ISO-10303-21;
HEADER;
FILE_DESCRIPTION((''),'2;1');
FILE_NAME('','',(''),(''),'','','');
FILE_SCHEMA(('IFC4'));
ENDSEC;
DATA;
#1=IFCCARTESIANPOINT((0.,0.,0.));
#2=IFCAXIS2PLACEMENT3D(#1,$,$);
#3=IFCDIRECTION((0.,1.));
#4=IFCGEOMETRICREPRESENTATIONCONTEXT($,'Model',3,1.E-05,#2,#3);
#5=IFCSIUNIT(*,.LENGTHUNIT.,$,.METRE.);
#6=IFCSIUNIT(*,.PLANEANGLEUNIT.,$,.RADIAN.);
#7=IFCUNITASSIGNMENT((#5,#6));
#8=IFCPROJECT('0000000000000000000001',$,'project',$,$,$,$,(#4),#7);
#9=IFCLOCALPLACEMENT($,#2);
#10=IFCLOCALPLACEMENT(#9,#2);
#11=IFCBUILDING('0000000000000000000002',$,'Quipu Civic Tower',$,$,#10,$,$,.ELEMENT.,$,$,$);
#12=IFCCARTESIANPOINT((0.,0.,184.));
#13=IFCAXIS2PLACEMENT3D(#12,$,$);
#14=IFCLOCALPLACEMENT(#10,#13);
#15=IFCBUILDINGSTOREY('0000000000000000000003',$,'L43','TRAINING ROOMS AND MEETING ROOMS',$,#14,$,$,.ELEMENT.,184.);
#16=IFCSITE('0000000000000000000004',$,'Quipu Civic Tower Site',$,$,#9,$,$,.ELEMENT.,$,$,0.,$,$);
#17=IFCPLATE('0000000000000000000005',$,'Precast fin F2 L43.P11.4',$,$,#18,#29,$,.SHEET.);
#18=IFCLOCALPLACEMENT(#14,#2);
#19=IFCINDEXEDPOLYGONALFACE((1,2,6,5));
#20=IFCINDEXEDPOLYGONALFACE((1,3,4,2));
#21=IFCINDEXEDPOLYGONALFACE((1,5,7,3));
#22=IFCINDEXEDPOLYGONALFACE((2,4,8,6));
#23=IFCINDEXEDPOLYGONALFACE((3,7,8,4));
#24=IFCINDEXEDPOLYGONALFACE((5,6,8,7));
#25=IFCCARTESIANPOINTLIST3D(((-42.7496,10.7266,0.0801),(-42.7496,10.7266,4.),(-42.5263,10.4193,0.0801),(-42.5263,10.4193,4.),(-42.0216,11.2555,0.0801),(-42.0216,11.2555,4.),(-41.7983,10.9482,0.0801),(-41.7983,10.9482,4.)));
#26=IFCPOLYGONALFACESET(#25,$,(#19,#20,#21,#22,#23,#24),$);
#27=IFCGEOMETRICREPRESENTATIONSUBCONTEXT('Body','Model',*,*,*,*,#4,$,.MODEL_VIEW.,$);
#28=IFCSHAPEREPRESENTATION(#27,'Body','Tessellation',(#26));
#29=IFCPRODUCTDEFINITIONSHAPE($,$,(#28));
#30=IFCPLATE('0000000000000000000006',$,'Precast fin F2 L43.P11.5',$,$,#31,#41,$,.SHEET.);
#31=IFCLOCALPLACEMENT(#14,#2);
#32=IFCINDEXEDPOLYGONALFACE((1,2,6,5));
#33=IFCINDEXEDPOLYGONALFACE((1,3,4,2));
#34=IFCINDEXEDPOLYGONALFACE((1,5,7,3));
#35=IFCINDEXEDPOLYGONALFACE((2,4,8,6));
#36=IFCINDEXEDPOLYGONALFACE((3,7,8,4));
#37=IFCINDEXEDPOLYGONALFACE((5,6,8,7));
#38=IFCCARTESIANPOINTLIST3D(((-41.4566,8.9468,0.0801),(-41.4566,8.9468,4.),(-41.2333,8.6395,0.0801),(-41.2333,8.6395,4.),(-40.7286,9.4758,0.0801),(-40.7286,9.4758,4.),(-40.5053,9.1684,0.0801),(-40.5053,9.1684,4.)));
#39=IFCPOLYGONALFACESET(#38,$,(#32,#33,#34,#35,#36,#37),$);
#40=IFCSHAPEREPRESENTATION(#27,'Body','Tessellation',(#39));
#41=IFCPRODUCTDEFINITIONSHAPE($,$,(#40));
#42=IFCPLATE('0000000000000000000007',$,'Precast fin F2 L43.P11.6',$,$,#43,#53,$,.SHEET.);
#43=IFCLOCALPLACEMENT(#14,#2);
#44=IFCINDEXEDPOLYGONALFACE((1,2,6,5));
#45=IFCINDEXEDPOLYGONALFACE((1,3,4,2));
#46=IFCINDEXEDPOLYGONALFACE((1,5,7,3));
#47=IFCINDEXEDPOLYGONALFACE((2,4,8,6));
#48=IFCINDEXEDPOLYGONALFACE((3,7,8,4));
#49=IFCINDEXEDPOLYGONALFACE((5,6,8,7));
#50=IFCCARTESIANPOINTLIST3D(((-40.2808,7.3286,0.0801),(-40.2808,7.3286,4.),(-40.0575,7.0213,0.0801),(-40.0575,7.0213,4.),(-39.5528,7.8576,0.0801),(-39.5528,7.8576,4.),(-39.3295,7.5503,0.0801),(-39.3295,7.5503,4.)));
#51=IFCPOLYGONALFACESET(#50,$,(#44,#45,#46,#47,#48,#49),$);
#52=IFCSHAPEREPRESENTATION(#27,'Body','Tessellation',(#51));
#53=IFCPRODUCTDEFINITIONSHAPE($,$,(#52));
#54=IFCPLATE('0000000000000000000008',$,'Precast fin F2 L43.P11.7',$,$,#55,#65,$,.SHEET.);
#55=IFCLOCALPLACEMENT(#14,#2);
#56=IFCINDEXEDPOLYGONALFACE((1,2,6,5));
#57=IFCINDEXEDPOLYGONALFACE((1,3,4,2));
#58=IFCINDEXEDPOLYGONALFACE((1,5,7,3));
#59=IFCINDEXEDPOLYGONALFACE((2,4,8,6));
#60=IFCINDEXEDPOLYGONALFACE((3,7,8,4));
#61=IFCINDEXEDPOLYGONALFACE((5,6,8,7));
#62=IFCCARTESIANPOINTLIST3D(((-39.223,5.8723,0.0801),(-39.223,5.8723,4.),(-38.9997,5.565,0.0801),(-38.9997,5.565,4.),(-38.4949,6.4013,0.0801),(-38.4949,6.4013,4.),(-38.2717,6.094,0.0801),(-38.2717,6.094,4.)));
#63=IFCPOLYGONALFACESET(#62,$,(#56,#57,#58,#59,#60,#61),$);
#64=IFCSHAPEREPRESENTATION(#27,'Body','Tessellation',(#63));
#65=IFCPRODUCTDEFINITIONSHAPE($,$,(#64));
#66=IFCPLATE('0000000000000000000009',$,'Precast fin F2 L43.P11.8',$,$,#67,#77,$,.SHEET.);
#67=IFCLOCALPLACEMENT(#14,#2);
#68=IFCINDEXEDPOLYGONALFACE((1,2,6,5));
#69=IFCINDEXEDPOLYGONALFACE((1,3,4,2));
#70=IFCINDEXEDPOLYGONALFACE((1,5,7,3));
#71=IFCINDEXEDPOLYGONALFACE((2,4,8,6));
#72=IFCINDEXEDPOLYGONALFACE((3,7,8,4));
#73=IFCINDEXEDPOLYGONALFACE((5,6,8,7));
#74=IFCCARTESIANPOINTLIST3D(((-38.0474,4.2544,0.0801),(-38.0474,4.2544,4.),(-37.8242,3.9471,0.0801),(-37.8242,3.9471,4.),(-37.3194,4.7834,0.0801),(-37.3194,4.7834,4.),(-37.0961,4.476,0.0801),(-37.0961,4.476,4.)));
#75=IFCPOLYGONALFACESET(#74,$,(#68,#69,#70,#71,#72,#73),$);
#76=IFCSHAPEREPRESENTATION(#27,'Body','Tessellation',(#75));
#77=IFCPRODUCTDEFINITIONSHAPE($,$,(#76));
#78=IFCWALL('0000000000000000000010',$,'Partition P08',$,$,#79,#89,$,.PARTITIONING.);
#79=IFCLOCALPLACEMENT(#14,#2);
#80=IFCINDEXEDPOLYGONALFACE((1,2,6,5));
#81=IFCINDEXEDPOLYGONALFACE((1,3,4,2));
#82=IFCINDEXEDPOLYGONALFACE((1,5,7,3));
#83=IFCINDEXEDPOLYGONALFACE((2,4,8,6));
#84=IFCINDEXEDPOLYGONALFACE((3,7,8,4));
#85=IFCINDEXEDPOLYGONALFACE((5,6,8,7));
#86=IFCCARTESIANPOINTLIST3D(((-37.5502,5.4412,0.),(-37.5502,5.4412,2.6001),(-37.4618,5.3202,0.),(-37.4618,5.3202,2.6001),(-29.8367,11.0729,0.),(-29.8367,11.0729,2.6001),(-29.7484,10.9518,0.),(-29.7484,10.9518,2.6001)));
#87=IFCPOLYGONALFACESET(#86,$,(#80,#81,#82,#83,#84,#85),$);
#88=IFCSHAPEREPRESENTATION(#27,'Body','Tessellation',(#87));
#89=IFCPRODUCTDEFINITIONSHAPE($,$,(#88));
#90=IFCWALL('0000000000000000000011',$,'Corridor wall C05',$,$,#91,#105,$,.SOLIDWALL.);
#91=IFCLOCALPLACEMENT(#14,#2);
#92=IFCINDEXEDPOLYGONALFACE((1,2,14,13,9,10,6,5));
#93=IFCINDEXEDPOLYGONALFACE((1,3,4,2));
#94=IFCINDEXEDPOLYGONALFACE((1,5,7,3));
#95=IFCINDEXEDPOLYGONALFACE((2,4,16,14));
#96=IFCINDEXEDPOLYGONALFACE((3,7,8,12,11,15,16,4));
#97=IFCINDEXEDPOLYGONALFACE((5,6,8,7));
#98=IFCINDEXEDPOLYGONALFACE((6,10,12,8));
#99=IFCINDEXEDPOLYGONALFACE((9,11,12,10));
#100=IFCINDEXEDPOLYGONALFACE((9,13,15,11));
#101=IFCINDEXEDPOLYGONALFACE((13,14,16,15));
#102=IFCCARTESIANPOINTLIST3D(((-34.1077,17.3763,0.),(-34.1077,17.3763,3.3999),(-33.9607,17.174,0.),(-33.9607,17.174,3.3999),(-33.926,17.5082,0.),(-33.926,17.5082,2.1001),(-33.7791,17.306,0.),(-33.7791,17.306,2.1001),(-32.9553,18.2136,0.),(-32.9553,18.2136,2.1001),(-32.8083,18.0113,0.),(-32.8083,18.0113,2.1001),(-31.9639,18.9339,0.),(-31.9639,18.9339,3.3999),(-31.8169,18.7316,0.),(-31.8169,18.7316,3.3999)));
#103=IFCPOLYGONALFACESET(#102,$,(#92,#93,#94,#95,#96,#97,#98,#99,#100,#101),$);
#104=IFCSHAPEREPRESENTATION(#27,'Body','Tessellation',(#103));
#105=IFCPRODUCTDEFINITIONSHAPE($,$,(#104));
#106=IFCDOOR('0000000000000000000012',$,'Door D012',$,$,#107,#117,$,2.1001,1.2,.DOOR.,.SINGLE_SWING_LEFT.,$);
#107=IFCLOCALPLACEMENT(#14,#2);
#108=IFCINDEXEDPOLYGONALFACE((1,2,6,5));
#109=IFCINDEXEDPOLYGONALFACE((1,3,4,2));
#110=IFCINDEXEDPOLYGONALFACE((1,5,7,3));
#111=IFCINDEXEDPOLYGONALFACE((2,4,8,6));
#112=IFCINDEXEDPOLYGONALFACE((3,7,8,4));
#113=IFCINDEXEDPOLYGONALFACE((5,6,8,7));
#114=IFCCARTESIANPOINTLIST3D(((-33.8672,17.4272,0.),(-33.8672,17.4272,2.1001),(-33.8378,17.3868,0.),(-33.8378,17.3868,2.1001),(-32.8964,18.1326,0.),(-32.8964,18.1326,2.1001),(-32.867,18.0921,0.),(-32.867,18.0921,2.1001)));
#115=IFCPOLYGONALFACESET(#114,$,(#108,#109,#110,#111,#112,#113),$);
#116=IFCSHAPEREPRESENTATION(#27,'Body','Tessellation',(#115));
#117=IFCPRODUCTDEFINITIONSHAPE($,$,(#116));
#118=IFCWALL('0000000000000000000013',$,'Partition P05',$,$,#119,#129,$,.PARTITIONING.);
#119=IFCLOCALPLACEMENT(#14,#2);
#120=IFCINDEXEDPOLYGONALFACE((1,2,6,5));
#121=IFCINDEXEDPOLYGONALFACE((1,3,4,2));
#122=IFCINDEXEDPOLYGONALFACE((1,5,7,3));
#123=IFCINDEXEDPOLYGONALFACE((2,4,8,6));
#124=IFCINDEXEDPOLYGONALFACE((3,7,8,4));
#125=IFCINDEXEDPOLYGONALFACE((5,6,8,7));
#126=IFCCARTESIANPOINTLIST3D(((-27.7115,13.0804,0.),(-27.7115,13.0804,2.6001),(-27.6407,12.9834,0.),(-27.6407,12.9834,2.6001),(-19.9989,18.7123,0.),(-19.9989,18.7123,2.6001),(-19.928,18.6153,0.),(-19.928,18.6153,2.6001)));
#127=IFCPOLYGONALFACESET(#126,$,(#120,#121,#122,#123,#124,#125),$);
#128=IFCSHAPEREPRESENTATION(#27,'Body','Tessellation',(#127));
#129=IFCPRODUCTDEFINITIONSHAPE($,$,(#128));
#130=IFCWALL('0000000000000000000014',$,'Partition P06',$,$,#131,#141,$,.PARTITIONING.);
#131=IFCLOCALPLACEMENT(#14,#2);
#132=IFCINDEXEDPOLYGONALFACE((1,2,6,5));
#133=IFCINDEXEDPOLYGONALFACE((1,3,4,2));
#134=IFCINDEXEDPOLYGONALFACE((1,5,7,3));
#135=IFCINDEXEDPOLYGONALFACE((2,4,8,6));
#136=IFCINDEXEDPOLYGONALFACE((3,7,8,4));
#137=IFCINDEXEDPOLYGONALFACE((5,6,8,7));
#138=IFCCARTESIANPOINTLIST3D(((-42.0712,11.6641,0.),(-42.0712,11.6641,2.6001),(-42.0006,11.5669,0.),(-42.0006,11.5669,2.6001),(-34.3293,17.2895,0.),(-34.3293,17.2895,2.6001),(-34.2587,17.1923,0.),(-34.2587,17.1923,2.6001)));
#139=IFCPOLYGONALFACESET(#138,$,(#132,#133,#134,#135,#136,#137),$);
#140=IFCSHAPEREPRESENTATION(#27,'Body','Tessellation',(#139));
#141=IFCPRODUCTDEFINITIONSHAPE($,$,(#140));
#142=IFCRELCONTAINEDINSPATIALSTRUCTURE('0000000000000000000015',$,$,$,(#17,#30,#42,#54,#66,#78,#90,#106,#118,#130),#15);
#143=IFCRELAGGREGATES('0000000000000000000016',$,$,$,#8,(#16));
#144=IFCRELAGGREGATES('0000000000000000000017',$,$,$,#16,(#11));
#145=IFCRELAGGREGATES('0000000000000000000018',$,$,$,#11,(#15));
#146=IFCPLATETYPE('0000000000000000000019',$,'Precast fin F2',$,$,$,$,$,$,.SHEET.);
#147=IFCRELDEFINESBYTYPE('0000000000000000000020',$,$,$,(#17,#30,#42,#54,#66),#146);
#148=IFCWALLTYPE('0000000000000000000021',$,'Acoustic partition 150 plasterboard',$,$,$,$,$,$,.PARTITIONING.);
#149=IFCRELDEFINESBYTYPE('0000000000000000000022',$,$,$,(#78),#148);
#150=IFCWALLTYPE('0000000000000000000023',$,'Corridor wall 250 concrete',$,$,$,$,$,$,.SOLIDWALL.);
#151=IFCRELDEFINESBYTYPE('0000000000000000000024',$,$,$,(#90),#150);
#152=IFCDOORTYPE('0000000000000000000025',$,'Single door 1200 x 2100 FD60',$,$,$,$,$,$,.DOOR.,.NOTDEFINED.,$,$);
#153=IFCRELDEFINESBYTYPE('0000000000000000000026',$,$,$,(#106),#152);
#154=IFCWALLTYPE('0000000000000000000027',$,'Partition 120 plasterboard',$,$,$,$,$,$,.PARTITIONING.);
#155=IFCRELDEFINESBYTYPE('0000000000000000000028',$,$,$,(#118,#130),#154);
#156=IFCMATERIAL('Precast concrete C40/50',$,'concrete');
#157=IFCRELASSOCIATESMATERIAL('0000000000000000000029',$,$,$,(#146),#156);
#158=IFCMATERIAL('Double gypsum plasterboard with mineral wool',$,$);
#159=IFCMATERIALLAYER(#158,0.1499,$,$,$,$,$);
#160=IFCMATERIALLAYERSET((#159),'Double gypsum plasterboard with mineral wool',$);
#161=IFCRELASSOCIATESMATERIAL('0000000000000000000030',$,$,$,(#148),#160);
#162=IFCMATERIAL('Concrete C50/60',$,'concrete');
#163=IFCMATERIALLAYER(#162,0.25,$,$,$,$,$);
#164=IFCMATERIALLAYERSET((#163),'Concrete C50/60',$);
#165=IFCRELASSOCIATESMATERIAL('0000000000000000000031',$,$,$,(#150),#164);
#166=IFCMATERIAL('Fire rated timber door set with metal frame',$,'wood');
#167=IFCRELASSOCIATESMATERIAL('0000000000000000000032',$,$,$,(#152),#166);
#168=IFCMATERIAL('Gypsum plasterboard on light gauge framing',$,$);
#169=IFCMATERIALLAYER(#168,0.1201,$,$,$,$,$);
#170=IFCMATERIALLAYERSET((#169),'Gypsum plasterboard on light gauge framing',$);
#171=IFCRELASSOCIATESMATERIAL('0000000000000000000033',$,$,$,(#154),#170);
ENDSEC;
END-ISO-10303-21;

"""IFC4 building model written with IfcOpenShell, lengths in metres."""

from ifc_helpers import new_model, si_unit, direction, frame, frame_2d, origin, origin_2d, place, context, subcontext, project, spatial, rectangle, extrude, material, layer, layer_set, type_object, element, fill, save


model = new_model("IFC4")

# Units and contexts
model_context = context("Model", 3, precision=1e-05, world=origin(), true_north=direction((0.0, 1.0)))
body_context = subcontext(model_context, "Body", "Model", "MODEL_VIEW")
ifc_project = project(units=[si_unit("LENGTHUNIT", "METRE"), si_unit("PLANEANGLEUNIT", "RADIAN")], contexts=[model_context])

# Site, building, storey
site_placement = place(None, origin())
site = spatial("IfcSite", under=ifc_project, at=site_placement, Name="Quipu Civic Tower Site", CompositionType="ELEMENT", RefElevation=0.0)
building_placement = place(site_placement, origin())
building = spatial("IfcBuilding", under=site, at=building_placement, Name="Quipu Civic Tower", CompositionType="ELEMENT")
storey_placement = place(building_placement, frame((0.0, 0.0, 184.0)))
storey = spatial("IfcBuildingStorey", under=building, at=storey_placement, Name="L43", Description="TRAINING ROOMS AND MEETING ROOMS", CompositionType="ELEMENT", Elevation=184.0)

# Plates
ifc_material_1 = material(Name="Precast concrete C40/50", Category="concrete")
plate_type_1 = type_object("IfcPlateType", Name="Precast fin F2", PredefinedType="SHEET", material=ifc_material_1)
for number, where, z_axis, x_axis, name in (
    (1, (-42.2739, 10.8374, 0.0801), (0.0, 0.0, 1.0), (0.587786, -0.809017, 0.0), "Precast fin F2 L43.P11.4"),
    (2, (-40.981, 9.0576, 0.0801), (0.0, 0.0, 1.0), (0.587786, -0.809017, 0.0), "Precast fin F2 L43.P11.5"),
    (3, (-39.8052, 7.4395, 0.0801), (0.0, 0.0, 1.0), (0.587786, -0.809017, 0.0), "Precast fin F2 L43.P11.6"),
    (4, (-38.7473, 5.9832, 0.0801), (0.0, 0.0, 1.0), (0.587786, -0.809017, 0.0), "Precast fin F2 L43.P11.7"),
    (5, (-37.5718, 4.3652, 0.0801), (0.0, 0.0, 1.0), (0.587786, -0.809017, 0.0), "Precast fin F2 L43.P11.8"),
):
    element("IfcPlate", number, at=place(storey_placement, frame(where, z_axis=z_axis, x_axis=x_axis)), inside=storey, type_object=plate_type_1, Name=name, PredefinedType="SHEET", context=body_context, shape_type="SweptSolid", body=[
        extrude(rectangle(XDim=0.3799, YDim=0.8999, at=origin_2d()), origin(), (0.0, 0.0, 1.0), 3.9199),
    ])

# Wall
ifc_material_2 = material(Name="Double gypsum plasterboard with mineral wool")
ifc_layer_1 = layer(ifc_material_2, 0.1499)
ifc_layer_set_1 = layer_set([ifc_layer_1], Name="Double gypsum plasterboard with mineral wool")
wall_type_1 = type_object("IfcWallType", Name="Acoustic partition 150 plasterboard", PredefinedType="PARTITIONING", material=ifc_layer_set_1)
wall_1_placement = place(storey_placement, frame((-37.5061, 5.3806, 0.0), z_axis=(0.0, 0.0, 1.0), x_axis=(0.807646, 0.589668, 0.0)))
element("IfcWall", 6, at=wall_1_placement, inside=storey, type_object=wall_type_1, Name="Partition P08", PredefinedType="PARTITIONING", context=body_context, shape_type="SweptSolid", body=[
    extrude(rectangle(XDim=9.5505, YDim=0.1499, at=frame_2d((4.7754, 0.0))), origin(), (0.0, 0.0, 1.0), 2.6001),
])

# Wall, opening, door
ifc_material_3 = material(Name="Concrete C50/60", Category="concrete")
ifc_layer_2 = layer(ifc_material_3, 0.25)
ifc_layer_set_2 = layer_set([ifc_layer_2], Name="Concrete C50/60")
wall_type_2 = type_object("IfcWallType", Name="Corridor wall 250 concrete", PredefinedType="SOLIDWALL", material=ifc_layer_set_2)
wall_2_placement = place(storey_placement, frame((-34.0342, 17.2751, 0.0), z_axis=(0.0, 0.0, 1.0), x_axis=(0.809007, 0.587799, 0.0)))
wall_2 = element("IfcWall", 7, at=wall_2_placement, inside=storey, type_object=wall_type_2, Name="Corridor wall C05", PredefinedType="SOLIDWALL", context=body_context, shape_type="SweptSolid", body=[
    extrude(rectangle(XDim=2.6499, YDim=0.25, at=frame_2d((1.325, 0.0))), origin(), (0.0, 0.0, 1.0), 3.3999),
])
opening_placement = place(wall_2_placement, frame((0.2244, 0.0, 0.0)))
opening = element("IfcOpeningElement", 8, at=opening_placement, cuts=wall_2, PredefinedType="OPENING", context=body_context, shape_type="SweptSolid", body=[
    extrude(rectangle(XDim=1.2, YDim=2.1001, at=frame_2d((0.6001, 1.05))), frame((0.0, 0.135, 0.0), z_axis=(0.0, -1.0, 0.0), x_axis=(1.0, 0.0, 0.0)), (0.0, 0.0, 1.0), 0.27),
])
ifc_material_4 = material(Name="Fire rated timber door set with metal frame", Category="wood")
door_type = type_object("IfcDoorType", Name="Single door 1200 x 2100 FD60", OperationType="NOTDEFINED", PredefinedType="DOOR", material=ifc_material_4)
door_placement = place(opening_placement, origin())
door = element("IfcDoor", 9, at=door_placement, inside=storey, type_object=door_type, Name="Door D012", OperationType="SINGLE_SWING_LEFT", OverallHeight=2.1001, OverallWidth=1.2, PredefinedType="DOOR", context=body_context, shape_type="SweptSolid", body=[
    extrude(rectangle(XDim=1.2, YDim=2.1001, at=frame_2d((0.6001, 1.05))), frame((0.0, 0.0249, 0.0), z_axis=(0.0, -1.0, 0.0), x_axis=(1.0, 0.0, 0.0)), (0.0, 0.0, 1.0), 0.05),
])
fill(opening, door)

# Walls
ifc_material_5 = material(Name="Gypsum plasterboard on light gauge framing")
ifc_layer_3 = layer(ifc_material_5, 0.1201)
ifc_layer_set_3 = layer_set([ifc_layer_3], Name="Gypsum plasterboard on light gauge framing")
wall_type_3 = type_object("IfcWallType", Name="Partition 120 plasterboard", PredefinedType="PARTITIONING", material=ifc_layer_set_3)
wall_3_placement = place(storey_placement, frame((-27.676, 13.032, 0.0), z_axis=(0.0, 0.0, 1.0), x_axis=(0.807607, 0.589721, 0.0)))
element("IfcWall", 10, at=wall_3_placement, inside=storey, type_object=wall_type_3, Name="Partition P05", PredefinedType="PARTITIONING", context=body_context, shape_type="SweptSolid", body=[
    extrude(rectangle(XDim=9.55, YDim=0.1201, at=frame_2d((4.7749, 0.0))), origin(), (0.0, 0.0, 1.0), 2.6001),
])
wall_4_placement = place(storey_placement, frame((-42.0359, 11.6155, 0.0), z_axis=(0.0, 0.0, 1.0), x_axis=(0.808985, 0.587829, 0.0)))
element("IfcWall", 11, at=wall_4_placement, inside=storey, type_object=wall_type_3, Name="Partition P06", PredefinedType="PARTITIONING", context=body_context, shape_type="SweptSolid", body=[
    extrude(rectangle(XDim=9.5698, YDim=0.1201, at=frame_2d((4.7849, 0.0))), origin(), (0.0, 0.0, 1.0), 2.6001),
])

save(model, "model.ifc")
